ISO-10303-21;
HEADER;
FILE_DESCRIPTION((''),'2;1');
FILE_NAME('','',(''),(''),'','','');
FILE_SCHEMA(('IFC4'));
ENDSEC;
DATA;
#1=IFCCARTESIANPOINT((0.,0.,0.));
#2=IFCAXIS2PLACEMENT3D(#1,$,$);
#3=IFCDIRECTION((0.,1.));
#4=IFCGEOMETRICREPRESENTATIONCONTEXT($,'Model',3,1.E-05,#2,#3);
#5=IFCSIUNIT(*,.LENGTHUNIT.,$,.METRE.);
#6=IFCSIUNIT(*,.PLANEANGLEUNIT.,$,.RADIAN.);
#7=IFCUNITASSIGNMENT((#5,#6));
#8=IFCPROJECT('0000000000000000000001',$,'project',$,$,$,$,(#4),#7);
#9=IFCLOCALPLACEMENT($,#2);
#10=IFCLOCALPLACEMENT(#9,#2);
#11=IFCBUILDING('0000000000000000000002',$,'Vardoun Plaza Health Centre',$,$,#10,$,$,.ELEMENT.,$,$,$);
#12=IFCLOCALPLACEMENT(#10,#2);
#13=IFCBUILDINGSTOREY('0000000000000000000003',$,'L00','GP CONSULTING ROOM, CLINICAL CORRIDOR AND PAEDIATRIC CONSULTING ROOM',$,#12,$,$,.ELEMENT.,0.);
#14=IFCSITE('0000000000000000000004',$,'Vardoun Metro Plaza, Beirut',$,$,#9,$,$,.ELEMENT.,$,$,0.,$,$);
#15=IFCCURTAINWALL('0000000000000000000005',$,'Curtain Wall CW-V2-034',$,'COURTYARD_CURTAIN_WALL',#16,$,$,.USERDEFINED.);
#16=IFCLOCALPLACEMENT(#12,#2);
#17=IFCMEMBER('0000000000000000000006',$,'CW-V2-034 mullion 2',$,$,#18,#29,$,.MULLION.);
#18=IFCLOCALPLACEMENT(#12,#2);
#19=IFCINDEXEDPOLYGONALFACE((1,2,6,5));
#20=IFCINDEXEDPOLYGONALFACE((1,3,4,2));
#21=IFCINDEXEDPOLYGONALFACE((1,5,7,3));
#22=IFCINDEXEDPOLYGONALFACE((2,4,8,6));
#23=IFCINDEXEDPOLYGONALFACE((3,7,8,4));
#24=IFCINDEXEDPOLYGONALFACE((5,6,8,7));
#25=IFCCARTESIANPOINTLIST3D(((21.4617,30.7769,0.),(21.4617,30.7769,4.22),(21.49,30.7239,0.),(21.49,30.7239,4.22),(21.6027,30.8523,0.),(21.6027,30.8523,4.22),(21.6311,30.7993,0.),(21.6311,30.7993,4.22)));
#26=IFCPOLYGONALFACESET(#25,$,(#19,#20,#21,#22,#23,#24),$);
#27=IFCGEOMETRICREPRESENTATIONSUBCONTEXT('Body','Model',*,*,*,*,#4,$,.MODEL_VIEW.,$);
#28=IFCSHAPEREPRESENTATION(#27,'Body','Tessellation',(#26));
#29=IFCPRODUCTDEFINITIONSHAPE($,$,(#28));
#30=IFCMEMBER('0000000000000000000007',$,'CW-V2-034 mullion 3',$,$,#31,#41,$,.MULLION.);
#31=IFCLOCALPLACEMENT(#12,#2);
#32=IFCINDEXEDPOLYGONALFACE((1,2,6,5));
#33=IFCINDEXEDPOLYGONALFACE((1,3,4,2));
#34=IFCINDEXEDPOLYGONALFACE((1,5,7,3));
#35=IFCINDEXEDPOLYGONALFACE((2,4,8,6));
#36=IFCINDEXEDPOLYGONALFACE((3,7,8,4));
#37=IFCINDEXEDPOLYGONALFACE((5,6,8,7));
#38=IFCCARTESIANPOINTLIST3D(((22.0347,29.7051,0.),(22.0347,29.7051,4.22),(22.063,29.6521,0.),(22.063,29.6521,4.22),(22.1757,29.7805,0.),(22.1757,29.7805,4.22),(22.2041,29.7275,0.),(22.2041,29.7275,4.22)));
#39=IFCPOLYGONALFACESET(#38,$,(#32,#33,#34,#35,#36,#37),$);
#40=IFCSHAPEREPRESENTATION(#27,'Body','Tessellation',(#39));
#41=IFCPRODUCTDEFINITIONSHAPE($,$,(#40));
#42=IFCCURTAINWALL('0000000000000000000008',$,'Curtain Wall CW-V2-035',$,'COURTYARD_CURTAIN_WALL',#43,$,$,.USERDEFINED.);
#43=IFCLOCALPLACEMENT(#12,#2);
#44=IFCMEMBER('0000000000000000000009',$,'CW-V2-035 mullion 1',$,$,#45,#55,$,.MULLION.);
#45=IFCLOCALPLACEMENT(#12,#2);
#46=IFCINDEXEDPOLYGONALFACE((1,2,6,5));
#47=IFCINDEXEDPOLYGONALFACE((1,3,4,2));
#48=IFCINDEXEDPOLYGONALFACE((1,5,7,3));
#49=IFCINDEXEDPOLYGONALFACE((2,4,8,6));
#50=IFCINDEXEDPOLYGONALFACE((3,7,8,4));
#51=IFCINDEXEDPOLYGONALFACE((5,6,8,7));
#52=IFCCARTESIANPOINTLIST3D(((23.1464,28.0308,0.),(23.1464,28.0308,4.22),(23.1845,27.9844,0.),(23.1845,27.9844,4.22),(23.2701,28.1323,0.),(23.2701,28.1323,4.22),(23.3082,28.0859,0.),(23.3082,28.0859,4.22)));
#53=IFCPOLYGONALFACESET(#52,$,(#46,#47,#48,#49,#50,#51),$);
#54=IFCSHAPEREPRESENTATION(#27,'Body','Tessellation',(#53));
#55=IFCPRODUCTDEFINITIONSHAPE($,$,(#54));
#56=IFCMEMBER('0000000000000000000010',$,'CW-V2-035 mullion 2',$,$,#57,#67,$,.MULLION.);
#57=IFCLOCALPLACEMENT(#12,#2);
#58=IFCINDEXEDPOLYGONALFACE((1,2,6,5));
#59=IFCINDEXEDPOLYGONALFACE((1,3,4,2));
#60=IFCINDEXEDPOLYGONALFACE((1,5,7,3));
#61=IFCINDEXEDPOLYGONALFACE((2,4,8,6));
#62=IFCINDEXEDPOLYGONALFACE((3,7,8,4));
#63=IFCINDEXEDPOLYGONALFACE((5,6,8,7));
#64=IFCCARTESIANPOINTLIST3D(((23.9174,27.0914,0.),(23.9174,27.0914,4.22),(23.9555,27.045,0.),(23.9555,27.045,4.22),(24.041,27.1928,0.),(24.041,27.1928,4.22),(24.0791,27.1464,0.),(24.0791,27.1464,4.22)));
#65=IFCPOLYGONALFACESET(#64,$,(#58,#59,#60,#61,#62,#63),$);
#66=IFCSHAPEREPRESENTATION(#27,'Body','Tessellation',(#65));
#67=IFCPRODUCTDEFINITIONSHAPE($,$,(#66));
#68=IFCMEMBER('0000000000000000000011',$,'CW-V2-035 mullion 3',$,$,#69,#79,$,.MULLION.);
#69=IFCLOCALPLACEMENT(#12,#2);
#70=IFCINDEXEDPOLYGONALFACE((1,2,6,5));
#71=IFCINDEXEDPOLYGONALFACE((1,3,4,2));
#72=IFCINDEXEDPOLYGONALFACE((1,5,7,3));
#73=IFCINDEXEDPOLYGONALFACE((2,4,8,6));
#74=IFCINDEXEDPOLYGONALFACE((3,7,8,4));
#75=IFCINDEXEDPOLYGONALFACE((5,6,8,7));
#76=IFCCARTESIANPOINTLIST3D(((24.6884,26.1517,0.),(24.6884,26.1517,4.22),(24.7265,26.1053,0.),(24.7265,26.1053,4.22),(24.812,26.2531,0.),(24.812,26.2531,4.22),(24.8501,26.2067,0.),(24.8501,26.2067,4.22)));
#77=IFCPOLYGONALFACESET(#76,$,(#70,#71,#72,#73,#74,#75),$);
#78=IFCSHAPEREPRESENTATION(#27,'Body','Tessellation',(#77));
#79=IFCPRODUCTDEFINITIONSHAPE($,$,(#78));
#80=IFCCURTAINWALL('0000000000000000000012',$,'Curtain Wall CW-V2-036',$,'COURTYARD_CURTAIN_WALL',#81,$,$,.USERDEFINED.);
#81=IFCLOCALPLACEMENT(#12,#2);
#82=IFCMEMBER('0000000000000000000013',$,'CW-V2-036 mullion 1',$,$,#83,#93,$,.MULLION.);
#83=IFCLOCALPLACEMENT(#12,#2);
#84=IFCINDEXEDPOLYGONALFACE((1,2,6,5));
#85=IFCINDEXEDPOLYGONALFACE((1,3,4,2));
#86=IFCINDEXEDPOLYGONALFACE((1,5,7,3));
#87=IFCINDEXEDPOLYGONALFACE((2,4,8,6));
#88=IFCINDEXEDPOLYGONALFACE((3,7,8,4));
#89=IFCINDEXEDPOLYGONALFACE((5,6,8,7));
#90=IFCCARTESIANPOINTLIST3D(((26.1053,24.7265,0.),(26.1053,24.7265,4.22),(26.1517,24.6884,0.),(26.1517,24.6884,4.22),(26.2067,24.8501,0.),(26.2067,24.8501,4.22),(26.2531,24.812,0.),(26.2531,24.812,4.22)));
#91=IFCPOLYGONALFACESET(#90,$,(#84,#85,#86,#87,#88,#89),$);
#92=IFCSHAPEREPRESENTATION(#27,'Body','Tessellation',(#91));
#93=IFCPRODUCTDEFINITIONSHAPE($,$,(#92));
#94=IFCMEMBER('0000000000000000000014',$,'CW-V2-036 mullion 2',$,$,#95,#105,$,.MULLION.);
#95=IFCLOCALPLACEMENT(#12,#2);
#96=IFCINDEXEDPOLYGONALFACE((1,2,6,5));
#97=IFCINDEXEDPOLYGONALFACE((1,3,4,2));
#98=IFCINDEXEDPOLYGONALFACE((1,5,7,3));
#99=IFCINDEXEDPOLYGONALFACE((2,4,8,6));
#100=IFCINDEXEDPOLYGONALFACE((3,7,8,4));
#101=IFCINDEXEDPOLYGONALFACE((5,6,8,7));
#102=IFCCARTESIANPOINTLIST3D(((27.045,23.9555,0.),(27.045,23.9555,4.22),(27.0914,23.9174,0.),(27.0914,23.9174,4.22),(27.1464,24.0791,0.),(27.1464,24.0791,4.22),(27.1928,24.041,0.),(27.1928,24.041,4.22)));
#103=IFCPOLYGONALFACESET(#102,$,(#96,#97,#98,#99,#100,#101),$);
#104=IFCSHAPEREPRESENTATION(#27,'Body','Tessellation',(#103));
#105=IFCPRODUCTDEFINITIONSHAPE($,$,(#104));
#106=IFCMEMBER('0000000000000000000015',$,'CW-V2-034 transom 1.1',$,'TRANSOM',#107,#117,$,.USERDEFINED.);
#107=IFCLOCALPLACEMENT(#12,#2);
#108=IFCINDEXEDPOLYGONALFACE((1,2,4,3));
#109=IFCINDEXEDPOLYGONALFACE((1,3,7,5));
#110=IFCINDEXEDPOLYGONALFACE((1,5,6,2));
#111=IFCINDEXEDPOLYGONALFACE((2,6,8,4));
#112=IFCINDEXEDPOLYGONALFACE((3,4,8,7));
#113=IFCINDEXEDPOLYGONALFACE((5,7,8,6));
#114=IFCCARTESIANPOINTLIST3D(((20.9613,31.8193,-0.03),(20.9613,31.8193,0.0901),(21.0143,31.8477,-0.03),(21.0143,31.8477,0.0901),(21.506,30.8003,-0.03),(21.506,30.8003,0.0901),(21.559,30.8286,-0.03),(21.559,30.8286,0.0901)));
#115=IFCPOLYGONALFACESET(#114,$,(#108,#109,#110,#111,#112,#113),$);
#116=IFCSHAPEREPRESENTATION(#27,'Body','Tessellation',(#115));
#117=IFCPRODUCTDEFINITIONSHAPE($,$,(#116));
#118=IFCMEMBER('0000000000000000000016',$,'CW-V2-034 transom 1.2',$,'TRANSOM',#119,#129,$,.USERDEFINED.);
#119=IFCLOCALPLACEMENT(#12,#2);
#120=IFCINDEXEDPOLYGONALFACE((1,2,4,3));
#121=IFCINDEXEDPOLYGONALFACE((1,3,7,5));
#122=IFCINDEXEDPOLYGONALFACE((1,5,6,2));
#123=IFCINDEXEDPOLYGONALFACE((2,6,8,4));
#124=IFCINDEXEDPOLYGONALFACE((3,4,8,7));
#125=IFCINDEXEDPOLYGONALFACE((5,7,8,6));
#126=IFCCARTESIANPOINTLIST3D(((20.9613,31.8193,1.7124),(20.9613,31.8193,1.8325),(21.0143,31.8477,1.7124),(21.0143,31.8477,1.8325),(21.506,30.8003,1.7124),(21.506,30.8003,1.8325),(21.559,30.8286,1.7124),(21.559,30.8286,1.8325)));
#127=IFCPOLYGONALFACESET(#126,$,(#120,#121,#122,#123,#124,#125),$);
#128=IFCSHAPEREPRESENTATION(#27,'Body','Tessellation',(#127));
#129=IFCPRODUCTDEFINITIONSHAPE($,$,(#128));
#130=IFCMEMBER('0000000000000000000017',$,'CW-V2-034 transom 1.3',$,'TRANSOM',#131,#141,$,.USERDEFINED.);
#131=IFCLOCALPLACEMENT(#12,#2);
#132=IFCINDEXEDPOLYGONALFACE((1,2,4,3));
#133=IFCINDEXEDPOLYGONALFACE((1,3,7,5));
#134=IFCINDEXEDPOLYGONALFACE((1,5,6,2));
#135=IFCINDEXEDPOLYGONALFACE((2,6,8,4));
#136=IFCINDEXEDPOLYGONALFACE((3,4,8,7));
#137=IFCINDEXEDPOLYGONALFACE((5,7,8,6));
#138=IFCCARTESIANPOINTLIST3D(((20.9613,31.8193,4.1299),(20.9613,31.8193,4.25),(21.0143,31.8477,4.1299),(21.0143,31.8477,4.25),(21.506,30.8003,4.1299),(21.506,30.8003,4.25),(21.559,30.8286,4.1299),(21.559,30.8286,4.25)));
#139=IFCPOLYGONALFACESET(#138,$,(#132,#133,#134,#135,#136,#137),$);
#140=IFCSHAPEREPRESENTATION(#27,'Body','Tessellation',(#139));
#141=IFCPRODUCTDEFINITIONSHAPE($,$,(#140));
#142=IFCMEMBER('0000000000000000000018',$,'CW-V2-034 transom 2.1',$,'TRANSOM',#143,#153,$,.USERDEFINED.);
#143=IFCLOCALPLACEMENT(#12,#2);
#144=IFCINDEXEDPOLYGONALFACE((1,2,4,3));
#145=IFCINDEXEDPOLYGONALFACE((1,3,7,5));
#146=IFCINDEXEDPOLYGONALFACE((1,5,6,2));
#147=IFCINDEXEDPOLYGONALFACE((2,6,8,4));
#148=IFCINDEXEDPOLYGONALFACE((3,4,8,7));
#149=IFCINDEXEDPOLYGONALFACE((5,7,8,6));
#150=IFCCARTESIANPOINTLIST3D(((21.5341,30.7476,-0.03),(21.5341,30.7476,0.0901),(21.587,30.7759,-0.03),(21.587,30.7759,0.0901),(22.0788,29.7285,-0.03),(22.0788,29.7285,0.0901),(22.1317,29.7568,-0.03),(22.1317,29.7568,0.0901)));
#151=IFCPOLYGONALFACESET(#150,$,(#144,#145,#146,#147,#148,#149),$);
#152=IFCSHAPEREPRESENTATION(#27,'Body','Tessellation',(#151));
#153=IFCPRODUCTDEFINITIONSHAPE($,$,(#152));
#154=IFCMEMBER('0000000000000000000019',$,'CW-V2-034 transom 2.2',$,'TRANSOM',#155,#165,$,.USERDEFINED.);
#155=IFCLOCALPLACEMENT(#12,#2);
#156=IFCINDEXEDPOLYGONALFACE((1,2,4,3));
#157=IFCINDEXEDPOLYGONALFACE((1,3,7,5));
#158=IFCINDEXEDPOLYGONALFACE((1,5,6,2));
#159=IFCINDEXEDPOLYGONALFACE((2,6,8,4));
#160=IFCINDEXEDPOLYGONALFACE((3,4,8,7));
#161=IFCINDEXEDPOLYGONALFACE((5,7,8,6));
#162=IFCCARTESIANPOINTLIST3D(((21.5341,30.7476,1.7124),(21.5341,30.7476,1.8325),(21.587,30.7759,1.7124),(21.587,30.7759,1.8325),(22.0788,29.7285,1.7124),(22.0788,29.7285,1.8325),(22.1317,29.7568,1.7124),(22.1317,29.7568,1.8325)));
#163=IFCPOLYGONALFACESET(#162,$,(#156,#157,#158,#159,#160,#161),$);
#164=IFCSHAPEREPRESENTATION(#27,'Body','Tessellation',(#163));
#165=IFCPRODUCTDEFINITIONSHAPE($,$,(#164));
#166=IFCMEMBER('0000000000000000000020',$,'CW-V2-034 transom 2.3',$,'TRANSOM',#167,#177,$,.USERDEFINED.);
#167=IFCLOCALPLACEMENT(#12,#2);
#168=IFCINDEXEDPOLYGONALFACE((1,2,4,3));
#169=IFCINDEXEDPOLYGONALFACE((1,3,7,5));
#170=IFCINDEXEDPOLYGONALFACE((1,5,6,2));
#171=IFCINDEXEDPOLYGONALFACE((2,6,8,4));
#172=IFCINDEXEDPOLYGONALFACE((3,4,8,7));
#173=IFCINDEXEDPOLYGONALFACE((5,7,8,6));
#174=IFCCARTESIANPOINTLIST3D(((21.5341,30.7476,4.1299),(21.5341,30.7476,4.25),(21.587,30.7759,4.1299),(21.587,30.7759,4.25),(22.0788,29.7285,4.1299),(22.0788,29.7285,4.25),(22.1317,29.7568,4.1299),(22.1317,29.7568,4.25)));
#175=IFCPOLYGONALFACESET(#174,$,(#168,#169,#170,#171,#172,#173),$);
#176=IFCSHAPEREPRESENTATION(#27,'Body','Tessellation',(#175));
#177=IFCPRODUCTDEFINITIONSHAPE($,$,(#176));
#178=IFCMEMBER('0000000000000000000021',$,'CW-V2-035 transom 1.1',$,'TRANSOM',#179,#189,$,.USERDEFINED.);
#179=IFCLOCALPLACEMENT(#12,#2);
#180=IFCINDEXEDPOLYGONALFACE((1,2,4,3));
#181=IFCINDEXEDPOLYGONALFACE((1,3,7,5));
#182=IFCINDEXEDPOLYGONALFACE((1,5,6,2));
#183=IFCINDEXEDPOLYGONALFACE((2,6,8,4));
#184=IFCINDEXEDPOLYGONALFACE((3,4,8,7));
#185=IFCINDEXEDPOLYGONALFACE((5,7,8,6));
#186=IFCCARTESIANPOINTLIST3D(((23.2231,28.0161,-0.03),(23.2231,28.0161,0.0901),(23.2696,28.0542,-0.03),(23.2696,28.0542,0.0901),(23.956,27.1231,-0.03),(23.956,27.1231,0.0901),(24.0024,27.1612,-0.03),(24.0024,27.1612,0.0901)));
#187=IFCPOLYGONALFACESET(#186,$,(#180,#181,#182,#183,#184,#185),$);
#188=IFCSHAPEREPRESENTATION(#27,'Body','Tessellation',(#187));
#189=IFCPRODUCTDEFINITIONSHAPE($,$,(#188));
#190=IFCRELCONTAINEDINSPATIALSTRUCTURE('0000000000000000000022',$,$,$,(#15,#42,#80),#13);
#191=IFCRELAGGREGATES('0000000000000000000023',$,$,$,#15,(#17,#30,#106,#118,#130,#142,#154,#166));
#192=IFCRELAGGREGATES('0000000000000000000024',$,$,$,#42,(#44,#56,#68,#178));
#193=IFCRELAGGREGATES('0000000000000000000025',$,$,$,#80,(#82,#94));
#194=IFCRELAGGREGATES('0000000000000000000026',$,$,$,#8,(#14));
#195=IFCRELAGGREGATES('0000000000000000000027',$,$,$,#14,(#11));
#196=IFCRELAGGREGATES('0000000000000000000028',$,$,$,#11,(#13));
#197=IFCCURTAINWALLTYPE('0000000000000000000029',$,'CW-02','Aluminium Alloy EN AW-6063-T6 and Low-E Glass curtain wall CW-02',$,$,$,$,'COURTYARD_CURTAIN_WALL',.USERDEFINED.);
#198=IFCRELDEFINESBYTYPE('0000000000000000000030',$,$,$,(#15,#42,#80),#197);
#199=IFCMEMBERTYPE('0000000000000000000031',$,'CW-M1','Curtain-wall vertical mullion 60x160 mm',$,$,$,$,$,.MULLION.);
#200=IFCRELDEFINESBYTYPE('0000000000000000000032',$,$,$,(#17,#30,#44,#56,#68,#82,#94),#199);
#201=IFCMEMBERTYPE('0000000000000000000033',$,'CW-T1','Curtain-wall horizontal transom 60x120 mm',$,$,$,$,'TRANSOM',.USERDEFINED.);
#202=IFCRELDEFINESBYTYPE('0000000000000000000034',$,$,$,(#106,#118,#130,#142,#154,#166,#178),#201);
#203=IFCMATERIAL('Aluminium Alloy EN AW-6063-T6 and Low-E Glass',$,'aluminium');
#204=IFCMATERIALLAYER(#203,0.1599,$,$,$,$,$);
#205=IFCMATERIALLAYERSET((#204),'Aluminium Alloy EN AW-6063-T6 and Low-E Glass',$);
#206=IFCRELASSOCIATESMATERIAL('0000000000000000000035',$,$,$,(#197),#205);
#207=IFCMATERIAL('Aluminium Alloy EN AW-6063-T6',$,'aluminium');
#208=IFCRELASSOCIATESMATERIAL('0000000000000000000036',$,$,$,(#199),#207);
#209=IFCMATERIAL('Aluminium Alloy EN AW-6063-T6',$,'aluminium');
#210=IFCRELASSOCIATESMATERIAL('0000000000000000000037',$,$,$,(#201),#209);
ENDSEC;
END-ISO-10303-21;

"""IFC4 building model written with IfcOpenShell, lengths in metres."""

from ifc_helpers import new_model, si_unit, direction, frame, origin, origin_2d, place, context, subcontext, project, spatial, rectangle, extrude, material, layer, layer_set, material_profile, profile_set, type_object, element, aggregate, save


model = new_model("IFC4")

# Units and contexts
model_context = context("Model", 3, precision=1e-05, world=origin(), true_north=direction((0.0, 1.0)))
body_context = subcontext(model_context, "Body", "Model", "MODEL_VIEW")
ifc_project = project(units=[si_unit("LENGTHUNIT", "METRE"), si_unit("PLANEANGLEUNIT", "RADIAN")], contexts=[model_context])

# Site, building, storey
site_placement = place(None, origin())
site = spatial("IfcSite", under=ifc_project, at=site_placement, Name="Vardoun Metro Plaza, Beirut", CompositionType="ELEMENT", RefElevation=0.0)
building_placement = place(site_placement, origin())
building = spatial("IfcBuilding", under=site, at=building_placement, Name="Vardoun Plaza Health Centre", CompositionType="ELEMENT")
storey_placement = place(building_placement, origin())
storey = spatial("IfcBuildingStorey", under=building, at=storey_placement, Name="L00", Description="GP CONSULTING ROOM, CLINICAL CORRIDOR AND PAEDIATRIC CONSULTING ROOM", CompositionType="ELEMENT", Elevation=0.0)

# Curtain walls, members
ifc_material_1 = material(Name="Aluminium Alloy EN AW-6063-T6 and Low-E Glass", Category="aluminium")
ifc_layer_1 = layer(ifc_material_1, 0.1599)
ifc_layer_set_1 = layer_set([ifc_layer_1], Name="Aluminium Alloy EN AW-6063-T6 and Low-E Glass")
curtain_wall_type = type_object("IfcCurtainWallType", Name="CW-02", Description="Aluminium Alloy EN AW-6063-T6 and Low-E Glass curtain wall CW-02", ElementType="COURTYARD_CURTAIN_WALL", PredefinedType="USERDEFINED", material=ifc_layer_set_1)
curtain_wall_1_placement = place(storey_placement, origin())
curtain_wall_1 = element("IfcCurtainWall", 1, at=curtain_wall_1_placement, inside=storey, type_object=curtain_wall_type, Name="Curtain Wall CW-V2-034", ObjectType="COURTYARD_CURTAIN_WALL", PredefinedType="USERDEFINED")
ifc_material_2 = material(Name="Aluminium Alloy EN AW-6063-T6", Category="aluminium")
ifc_material_profile_1 = material_profile(ifc_material_2, rectangle(XDim=0.1599, YDim=0.0601, at=origin_2d()), Name="CWM 60x160")
ifc_profile_set_1 = profile_set([ifc_material_profile_1], Name="Aluminium Alloy EN AW-6063-T6")
member_type_1 = type_object("IfcMemberType", Name="CW-M1", Description="Curtain-wall vertical mullion 60x160 mm", PredefinedType="MULLION", material=ifc_profile_set_1)
member_1_placement = place(storey_placement, frame((21.5464, 30.7881, 0.0), z_axis=(0.0, 0.0, 1.0), x_axis=(0.881922, 0.471395, 0.0)))
member_1 = element("IfcMember", 2, at=member_1_placement, type_object=member_type_1, Name="CW-V2-034 mullion 2", PredefinedType="MULLION", context=body_context, shape_type="SweptSolid", body=[
    extrude(rectangle(XDim=0.1599, YDim=0.0601, at=origin_2d()), origin(), (0.0, 0.0, 1.0), 4.22),
])
member_2_placement = place(storey_placement, frame((22.1194, 29.7163, 0.0), z_axis=(0.0, 0.0, 1.0), x_axis=(0.881922, 0.471395, 0.0)))
member_2 = element("IfcMember", 3, at=member_2_placement, type_object=member_type_1, Name="CW-V2-034 mullion 3", PredefinedType="MULLION", context=body_context, shape_type="SweptSolid", body=[
    extrude(rectangle(XDim=0.1599, YDim=0.0601, at=origin_2d()), origin(), (0.0, 0.0, 1.0), 4.22),
])
curtain_wall_2_placement = place(storey_placement, origin())
curtain_wall_2 = element("IfcCurtainWall", 4, at=curtain_wall_2_placement, inside=storey, type_object=curtain_wall_type, Name="Curtain Wall CW-V2-035", ObjectType="COURTYARD_CURTAIN_WALL", PredefinedType="USERDEFINED")
member_3_placement = place(storey_placement, frame((23.2273, 28.0583, 0.0), z_axis=(0.0, 0.0, 1.0), x_axis=(0.773017, 0.634385, 0.0)))
member_3 = element("IfcMember", 5, at=member_3_placement, type_object=member_type_1, Name="CW-V2-035 mullion 1", PredefinedType="MULLION", context=body_context, shape_type="SweptSolid", body=[
    extrude(rectangle(XDim=0.1599, YDim=0.0601, at=origin_2d()), origin(), (0.0, 0.0, 1.0), 4.22),
])
member_4_placement = place(storey_placement, frame((23.9983, 27.1189, 0.0), z_axis=(0.0, 0.0, 1.0), x_axis=(0.773017, 0.634385, 0.0)))
member_4 = element("IfcMember", 6, at=member_4_placement, type_object=member_type_1, Name="CW-V2-035 mullion 2", PredefinedType="MULLION", context=body_context, shape_type="SweptSolid", body=[
    extrude(rectangle(XDim=0.1599, YDim=0.0601, at=origin_2d()), origin(), (0.0, 0.0, 1.0), 4.22),
])
member_5_placement = place(storey_placement, frame((24.7693, 26.1792, 0.0), z_axis=(0.0, 0.0, 1.0), x_axis=(0.773017, 0.634385, 0.0)))
member_5 = element("IfcMember", 7, at=member_5_placement, type_object=member_type_1, Name="CW-V2-035 mullion 3", PredefinedType="MULLION", context=body_context, shape_type="SweptSolid", body=[
    extrude(rectangle(XDim=0.1599, YDim=0.0601, at=origin_2d()), origin(), (0.0, 0.0, 1.0), 4.22),
])
curtain_wall_3_placement = place(storey_placement, origin())
curtain_wall_3 = element("IfcCurtainWall", 8, at=curtain_wall_3_placement, inside=storey, type_object=curtain_wall_type, Name="Curtain Wall CW-V2-036", ObjectType="COURTYARD_CURTAIN_WALL", PredefinedType="USERDEFINED")
member_6_placement = place(storey_placement, frame((26.1792, 24.7693, 0.0), z_axis=(0.0, 0.0, 1.0), x_axis=(0.634385, 0.773017, 0.0)))
member_6 = element("IfcMember", 9, at=member_6_placement, type_object=member_type_1, Name="CW-V2-036 mullion 1", PredefinedType="MULLION", context=body_context, shape_type="SweptSolid", body=[
    extrude(rectangle(XDim=0.1599, YDim=0.0601, at=origin_2d()), origin(), (0.0, 0.0, 1.0), 4.22),
])
member_7_placement = place(storey_placement, frame((27.1189, 23.9983, 0.0), z_axis=(0.0, 0.0, 1.0), x_axis=(0.634385, 0.773017, 0.0)))
member_7 = element("IfcMember", 10, at=member_7_placement, type_object=member_type_1, Name="CW-V2-036 mullion 2", PredefinedType="MULLION", context=body_context, shape_type="SweptSolid", body=[
    extrude(rectangle(XDim=0.1599, YDim=0.0601, at=origin_2d()), origin(), (0.0, 0.0, 1.0), 4.22),
])

# Members
ifc_material_3 = material(Name="Aluminium Alloy EN AW-6063-T6", Category="aluminium")
ifc_material_profile_2 = material_profile(ifc_material_3, rectangle(XDim=0.0601, YDim=0.1201, at=origin_2d()), Name="CWT 60x120")
ifc_profile_set_2 = profile_set([ifc_material_profile_2], Name="Aluminium Alloy EN AW-6063-T6")
member_type_2 = type_object("IfcMemberType", Name="CW-T1", Description="Curtain-wall horizontal transom 60x120 mm", ElementType="TRANSOM", PredefinedType="USERDEFINED", material=ifc_profile_set_2)
member_8_placement = place(storey_placement, frame((20.9878, 31.8335, 0.03), z_axis=(0.471389, -0.881926, 0.0), x_axis=(0.881926, 0.471389, 0.0)))
member_8 = element("IfcMember", 11, at=member_8_placement, type_object=member_type_2, Name="CW-V2-034 transom 1.1", ObjectType="TRANSOM", PredefinedType="USERDEFINED", context=body_context, shape_type="SweptSolid", body=[
    extrude(rectangle(XDim=0.0601, YDim=0.1201, at=origin_2d()), origin(), (0.0, 0.0, 1.0), 1.1555),
])
member_9_placement = place(storey_placement, frame((20.9878, 31.8335, 1.7725), z_axis=(0.471389, -0.881926, 0.0), x_axis=(0.881926, 0.471389, 0.0)))
member_9 = element("IfcMember", 12, at=member_9_placement, type_object=member_type_2, Name="CW-V2-034 transom 1.2", ObjectType="TRANSOM", PredefinedType="USERDEFINED", context=body_context, shape_type="SweptSolid", body=[
    extrude(rectangle(XDim=0.0601, YDim=0.1201, at=origin_2d()), origin(), (0.0, 0.0, 1.0), 1.1555),
])
member_10_placement = place(storey_placement, frame((20.9878, 31.8335, 4.1899), z_axis=(0.471389, -0.881926, 0.0), x_axis=(0.881926, 0.471389, 0.0)))
member_10 = element("IfcMember", 13, at=member_10_placement, type_object=member_type_2, Name="CW-V2-034 transom 1.3", ObjectType="TRANSOM", PredefinedType="USERDEFINED", context=body_context, shape_type="SweptSolid", body=[
    extrude(rectangle(XDim=0.0601, YDim=0.1201, at=origin_2d()), origin(), (0.0, 0.0, 1.0), 1.1555),
])
member_11_placement = place(storey_placement, frame((21.5605, 30.7617, 0.03), z_axis=(0.471389, -0.881926, 0.0), x_axis=(0.881926, 0.471389, 0.0)))
member_11 = element("IfcMember", 14, at=member_11_placement, type_object=member_type_2, Name="CW-V2-034 transom 2.1", ObjectType="TRANSOM", PredefinedType="USERDEFINED", context=body_context, shape_type="SweptSolid", body=[
    extrude(rectangle(XDim=0.0601, YDim=0.1201, at=origin_2d()), origin(), (0.0, 0.0, 1.0), 1.1555),
])
member_12_placement = place(storey_placement, frame((21.5605, 30.7617, 1.7725), z_axis=(0.471389, -0.881926, 0.0), x_axis=(0.881926, 0.471389, 0.0)))
member_12 = element("IfcMember", 15, at=member_12_placement, type_object=member_type_2, Name="CW-V2-034 transom 2.2", ObjectType="TRANSOM", PredefinedType="USERDEFINED", context=body_context, shape_type="SweptSolid", body=[
    extrude(rectangle(XDim=0.0601, YDim=0.1201, at=origin_2d()), origin(), (0.0, 0.0, 1.0), 1.1555),
])
member_13_placement = place(storey_placement, frame((21.5605, 30.7617, 4.1899), z_axis=(0.471389, -0.881926, 0.0), x_axis=(0.881926, 0.471389, 0.0)))
member_13 = element("IfcMember", 16, at=member_13_placement, type_object=member_type_2, Name="CW-V2-034 transom 2.3", ObjectType="TRANSOM", PredefinedType="USERDEFINED", context=body_context, shape_type="SweptSolid", body=[
    extrude(rectangle(XDim=0.0601, YDim=0.1201, at=origin_2d()), origin(), (0.0, 0.0, 1.0), 1.1555),
])
member_14_placement = place(storey_placement, frame((23.2463, 28.0352, 0.03), z_axis=(0.634388, -0.773015, 0.0), x_axis=(0.773015, 0.634388, 0.0)))
member_14 = element("IfcMember", 17, at=member_14_placement, type_object=member_type_2, Name="CW-V2-035 transom 1.1", ObjectType="TRANSOM", PredefinedType="USERDEFINED", context=body_context, shape_type="SweptSolid", body=[
    extrude(rectangle(XDim=0.0601, YDim=0.1201, at=origin_2d()), origin(), (0.0, 0.0, 1.0), 1.1553),
])

aggregate(curtain_wall_1, [member_1, member_2, member_8, member_9, member_10, member_11, member_12, member_13])
aggregate(curtain_wall_2, [member_3, member_4, member_5, member_14])
aggregate(curtain_wall_3, [member_6, member_7])

save(model, "model.ifc")
